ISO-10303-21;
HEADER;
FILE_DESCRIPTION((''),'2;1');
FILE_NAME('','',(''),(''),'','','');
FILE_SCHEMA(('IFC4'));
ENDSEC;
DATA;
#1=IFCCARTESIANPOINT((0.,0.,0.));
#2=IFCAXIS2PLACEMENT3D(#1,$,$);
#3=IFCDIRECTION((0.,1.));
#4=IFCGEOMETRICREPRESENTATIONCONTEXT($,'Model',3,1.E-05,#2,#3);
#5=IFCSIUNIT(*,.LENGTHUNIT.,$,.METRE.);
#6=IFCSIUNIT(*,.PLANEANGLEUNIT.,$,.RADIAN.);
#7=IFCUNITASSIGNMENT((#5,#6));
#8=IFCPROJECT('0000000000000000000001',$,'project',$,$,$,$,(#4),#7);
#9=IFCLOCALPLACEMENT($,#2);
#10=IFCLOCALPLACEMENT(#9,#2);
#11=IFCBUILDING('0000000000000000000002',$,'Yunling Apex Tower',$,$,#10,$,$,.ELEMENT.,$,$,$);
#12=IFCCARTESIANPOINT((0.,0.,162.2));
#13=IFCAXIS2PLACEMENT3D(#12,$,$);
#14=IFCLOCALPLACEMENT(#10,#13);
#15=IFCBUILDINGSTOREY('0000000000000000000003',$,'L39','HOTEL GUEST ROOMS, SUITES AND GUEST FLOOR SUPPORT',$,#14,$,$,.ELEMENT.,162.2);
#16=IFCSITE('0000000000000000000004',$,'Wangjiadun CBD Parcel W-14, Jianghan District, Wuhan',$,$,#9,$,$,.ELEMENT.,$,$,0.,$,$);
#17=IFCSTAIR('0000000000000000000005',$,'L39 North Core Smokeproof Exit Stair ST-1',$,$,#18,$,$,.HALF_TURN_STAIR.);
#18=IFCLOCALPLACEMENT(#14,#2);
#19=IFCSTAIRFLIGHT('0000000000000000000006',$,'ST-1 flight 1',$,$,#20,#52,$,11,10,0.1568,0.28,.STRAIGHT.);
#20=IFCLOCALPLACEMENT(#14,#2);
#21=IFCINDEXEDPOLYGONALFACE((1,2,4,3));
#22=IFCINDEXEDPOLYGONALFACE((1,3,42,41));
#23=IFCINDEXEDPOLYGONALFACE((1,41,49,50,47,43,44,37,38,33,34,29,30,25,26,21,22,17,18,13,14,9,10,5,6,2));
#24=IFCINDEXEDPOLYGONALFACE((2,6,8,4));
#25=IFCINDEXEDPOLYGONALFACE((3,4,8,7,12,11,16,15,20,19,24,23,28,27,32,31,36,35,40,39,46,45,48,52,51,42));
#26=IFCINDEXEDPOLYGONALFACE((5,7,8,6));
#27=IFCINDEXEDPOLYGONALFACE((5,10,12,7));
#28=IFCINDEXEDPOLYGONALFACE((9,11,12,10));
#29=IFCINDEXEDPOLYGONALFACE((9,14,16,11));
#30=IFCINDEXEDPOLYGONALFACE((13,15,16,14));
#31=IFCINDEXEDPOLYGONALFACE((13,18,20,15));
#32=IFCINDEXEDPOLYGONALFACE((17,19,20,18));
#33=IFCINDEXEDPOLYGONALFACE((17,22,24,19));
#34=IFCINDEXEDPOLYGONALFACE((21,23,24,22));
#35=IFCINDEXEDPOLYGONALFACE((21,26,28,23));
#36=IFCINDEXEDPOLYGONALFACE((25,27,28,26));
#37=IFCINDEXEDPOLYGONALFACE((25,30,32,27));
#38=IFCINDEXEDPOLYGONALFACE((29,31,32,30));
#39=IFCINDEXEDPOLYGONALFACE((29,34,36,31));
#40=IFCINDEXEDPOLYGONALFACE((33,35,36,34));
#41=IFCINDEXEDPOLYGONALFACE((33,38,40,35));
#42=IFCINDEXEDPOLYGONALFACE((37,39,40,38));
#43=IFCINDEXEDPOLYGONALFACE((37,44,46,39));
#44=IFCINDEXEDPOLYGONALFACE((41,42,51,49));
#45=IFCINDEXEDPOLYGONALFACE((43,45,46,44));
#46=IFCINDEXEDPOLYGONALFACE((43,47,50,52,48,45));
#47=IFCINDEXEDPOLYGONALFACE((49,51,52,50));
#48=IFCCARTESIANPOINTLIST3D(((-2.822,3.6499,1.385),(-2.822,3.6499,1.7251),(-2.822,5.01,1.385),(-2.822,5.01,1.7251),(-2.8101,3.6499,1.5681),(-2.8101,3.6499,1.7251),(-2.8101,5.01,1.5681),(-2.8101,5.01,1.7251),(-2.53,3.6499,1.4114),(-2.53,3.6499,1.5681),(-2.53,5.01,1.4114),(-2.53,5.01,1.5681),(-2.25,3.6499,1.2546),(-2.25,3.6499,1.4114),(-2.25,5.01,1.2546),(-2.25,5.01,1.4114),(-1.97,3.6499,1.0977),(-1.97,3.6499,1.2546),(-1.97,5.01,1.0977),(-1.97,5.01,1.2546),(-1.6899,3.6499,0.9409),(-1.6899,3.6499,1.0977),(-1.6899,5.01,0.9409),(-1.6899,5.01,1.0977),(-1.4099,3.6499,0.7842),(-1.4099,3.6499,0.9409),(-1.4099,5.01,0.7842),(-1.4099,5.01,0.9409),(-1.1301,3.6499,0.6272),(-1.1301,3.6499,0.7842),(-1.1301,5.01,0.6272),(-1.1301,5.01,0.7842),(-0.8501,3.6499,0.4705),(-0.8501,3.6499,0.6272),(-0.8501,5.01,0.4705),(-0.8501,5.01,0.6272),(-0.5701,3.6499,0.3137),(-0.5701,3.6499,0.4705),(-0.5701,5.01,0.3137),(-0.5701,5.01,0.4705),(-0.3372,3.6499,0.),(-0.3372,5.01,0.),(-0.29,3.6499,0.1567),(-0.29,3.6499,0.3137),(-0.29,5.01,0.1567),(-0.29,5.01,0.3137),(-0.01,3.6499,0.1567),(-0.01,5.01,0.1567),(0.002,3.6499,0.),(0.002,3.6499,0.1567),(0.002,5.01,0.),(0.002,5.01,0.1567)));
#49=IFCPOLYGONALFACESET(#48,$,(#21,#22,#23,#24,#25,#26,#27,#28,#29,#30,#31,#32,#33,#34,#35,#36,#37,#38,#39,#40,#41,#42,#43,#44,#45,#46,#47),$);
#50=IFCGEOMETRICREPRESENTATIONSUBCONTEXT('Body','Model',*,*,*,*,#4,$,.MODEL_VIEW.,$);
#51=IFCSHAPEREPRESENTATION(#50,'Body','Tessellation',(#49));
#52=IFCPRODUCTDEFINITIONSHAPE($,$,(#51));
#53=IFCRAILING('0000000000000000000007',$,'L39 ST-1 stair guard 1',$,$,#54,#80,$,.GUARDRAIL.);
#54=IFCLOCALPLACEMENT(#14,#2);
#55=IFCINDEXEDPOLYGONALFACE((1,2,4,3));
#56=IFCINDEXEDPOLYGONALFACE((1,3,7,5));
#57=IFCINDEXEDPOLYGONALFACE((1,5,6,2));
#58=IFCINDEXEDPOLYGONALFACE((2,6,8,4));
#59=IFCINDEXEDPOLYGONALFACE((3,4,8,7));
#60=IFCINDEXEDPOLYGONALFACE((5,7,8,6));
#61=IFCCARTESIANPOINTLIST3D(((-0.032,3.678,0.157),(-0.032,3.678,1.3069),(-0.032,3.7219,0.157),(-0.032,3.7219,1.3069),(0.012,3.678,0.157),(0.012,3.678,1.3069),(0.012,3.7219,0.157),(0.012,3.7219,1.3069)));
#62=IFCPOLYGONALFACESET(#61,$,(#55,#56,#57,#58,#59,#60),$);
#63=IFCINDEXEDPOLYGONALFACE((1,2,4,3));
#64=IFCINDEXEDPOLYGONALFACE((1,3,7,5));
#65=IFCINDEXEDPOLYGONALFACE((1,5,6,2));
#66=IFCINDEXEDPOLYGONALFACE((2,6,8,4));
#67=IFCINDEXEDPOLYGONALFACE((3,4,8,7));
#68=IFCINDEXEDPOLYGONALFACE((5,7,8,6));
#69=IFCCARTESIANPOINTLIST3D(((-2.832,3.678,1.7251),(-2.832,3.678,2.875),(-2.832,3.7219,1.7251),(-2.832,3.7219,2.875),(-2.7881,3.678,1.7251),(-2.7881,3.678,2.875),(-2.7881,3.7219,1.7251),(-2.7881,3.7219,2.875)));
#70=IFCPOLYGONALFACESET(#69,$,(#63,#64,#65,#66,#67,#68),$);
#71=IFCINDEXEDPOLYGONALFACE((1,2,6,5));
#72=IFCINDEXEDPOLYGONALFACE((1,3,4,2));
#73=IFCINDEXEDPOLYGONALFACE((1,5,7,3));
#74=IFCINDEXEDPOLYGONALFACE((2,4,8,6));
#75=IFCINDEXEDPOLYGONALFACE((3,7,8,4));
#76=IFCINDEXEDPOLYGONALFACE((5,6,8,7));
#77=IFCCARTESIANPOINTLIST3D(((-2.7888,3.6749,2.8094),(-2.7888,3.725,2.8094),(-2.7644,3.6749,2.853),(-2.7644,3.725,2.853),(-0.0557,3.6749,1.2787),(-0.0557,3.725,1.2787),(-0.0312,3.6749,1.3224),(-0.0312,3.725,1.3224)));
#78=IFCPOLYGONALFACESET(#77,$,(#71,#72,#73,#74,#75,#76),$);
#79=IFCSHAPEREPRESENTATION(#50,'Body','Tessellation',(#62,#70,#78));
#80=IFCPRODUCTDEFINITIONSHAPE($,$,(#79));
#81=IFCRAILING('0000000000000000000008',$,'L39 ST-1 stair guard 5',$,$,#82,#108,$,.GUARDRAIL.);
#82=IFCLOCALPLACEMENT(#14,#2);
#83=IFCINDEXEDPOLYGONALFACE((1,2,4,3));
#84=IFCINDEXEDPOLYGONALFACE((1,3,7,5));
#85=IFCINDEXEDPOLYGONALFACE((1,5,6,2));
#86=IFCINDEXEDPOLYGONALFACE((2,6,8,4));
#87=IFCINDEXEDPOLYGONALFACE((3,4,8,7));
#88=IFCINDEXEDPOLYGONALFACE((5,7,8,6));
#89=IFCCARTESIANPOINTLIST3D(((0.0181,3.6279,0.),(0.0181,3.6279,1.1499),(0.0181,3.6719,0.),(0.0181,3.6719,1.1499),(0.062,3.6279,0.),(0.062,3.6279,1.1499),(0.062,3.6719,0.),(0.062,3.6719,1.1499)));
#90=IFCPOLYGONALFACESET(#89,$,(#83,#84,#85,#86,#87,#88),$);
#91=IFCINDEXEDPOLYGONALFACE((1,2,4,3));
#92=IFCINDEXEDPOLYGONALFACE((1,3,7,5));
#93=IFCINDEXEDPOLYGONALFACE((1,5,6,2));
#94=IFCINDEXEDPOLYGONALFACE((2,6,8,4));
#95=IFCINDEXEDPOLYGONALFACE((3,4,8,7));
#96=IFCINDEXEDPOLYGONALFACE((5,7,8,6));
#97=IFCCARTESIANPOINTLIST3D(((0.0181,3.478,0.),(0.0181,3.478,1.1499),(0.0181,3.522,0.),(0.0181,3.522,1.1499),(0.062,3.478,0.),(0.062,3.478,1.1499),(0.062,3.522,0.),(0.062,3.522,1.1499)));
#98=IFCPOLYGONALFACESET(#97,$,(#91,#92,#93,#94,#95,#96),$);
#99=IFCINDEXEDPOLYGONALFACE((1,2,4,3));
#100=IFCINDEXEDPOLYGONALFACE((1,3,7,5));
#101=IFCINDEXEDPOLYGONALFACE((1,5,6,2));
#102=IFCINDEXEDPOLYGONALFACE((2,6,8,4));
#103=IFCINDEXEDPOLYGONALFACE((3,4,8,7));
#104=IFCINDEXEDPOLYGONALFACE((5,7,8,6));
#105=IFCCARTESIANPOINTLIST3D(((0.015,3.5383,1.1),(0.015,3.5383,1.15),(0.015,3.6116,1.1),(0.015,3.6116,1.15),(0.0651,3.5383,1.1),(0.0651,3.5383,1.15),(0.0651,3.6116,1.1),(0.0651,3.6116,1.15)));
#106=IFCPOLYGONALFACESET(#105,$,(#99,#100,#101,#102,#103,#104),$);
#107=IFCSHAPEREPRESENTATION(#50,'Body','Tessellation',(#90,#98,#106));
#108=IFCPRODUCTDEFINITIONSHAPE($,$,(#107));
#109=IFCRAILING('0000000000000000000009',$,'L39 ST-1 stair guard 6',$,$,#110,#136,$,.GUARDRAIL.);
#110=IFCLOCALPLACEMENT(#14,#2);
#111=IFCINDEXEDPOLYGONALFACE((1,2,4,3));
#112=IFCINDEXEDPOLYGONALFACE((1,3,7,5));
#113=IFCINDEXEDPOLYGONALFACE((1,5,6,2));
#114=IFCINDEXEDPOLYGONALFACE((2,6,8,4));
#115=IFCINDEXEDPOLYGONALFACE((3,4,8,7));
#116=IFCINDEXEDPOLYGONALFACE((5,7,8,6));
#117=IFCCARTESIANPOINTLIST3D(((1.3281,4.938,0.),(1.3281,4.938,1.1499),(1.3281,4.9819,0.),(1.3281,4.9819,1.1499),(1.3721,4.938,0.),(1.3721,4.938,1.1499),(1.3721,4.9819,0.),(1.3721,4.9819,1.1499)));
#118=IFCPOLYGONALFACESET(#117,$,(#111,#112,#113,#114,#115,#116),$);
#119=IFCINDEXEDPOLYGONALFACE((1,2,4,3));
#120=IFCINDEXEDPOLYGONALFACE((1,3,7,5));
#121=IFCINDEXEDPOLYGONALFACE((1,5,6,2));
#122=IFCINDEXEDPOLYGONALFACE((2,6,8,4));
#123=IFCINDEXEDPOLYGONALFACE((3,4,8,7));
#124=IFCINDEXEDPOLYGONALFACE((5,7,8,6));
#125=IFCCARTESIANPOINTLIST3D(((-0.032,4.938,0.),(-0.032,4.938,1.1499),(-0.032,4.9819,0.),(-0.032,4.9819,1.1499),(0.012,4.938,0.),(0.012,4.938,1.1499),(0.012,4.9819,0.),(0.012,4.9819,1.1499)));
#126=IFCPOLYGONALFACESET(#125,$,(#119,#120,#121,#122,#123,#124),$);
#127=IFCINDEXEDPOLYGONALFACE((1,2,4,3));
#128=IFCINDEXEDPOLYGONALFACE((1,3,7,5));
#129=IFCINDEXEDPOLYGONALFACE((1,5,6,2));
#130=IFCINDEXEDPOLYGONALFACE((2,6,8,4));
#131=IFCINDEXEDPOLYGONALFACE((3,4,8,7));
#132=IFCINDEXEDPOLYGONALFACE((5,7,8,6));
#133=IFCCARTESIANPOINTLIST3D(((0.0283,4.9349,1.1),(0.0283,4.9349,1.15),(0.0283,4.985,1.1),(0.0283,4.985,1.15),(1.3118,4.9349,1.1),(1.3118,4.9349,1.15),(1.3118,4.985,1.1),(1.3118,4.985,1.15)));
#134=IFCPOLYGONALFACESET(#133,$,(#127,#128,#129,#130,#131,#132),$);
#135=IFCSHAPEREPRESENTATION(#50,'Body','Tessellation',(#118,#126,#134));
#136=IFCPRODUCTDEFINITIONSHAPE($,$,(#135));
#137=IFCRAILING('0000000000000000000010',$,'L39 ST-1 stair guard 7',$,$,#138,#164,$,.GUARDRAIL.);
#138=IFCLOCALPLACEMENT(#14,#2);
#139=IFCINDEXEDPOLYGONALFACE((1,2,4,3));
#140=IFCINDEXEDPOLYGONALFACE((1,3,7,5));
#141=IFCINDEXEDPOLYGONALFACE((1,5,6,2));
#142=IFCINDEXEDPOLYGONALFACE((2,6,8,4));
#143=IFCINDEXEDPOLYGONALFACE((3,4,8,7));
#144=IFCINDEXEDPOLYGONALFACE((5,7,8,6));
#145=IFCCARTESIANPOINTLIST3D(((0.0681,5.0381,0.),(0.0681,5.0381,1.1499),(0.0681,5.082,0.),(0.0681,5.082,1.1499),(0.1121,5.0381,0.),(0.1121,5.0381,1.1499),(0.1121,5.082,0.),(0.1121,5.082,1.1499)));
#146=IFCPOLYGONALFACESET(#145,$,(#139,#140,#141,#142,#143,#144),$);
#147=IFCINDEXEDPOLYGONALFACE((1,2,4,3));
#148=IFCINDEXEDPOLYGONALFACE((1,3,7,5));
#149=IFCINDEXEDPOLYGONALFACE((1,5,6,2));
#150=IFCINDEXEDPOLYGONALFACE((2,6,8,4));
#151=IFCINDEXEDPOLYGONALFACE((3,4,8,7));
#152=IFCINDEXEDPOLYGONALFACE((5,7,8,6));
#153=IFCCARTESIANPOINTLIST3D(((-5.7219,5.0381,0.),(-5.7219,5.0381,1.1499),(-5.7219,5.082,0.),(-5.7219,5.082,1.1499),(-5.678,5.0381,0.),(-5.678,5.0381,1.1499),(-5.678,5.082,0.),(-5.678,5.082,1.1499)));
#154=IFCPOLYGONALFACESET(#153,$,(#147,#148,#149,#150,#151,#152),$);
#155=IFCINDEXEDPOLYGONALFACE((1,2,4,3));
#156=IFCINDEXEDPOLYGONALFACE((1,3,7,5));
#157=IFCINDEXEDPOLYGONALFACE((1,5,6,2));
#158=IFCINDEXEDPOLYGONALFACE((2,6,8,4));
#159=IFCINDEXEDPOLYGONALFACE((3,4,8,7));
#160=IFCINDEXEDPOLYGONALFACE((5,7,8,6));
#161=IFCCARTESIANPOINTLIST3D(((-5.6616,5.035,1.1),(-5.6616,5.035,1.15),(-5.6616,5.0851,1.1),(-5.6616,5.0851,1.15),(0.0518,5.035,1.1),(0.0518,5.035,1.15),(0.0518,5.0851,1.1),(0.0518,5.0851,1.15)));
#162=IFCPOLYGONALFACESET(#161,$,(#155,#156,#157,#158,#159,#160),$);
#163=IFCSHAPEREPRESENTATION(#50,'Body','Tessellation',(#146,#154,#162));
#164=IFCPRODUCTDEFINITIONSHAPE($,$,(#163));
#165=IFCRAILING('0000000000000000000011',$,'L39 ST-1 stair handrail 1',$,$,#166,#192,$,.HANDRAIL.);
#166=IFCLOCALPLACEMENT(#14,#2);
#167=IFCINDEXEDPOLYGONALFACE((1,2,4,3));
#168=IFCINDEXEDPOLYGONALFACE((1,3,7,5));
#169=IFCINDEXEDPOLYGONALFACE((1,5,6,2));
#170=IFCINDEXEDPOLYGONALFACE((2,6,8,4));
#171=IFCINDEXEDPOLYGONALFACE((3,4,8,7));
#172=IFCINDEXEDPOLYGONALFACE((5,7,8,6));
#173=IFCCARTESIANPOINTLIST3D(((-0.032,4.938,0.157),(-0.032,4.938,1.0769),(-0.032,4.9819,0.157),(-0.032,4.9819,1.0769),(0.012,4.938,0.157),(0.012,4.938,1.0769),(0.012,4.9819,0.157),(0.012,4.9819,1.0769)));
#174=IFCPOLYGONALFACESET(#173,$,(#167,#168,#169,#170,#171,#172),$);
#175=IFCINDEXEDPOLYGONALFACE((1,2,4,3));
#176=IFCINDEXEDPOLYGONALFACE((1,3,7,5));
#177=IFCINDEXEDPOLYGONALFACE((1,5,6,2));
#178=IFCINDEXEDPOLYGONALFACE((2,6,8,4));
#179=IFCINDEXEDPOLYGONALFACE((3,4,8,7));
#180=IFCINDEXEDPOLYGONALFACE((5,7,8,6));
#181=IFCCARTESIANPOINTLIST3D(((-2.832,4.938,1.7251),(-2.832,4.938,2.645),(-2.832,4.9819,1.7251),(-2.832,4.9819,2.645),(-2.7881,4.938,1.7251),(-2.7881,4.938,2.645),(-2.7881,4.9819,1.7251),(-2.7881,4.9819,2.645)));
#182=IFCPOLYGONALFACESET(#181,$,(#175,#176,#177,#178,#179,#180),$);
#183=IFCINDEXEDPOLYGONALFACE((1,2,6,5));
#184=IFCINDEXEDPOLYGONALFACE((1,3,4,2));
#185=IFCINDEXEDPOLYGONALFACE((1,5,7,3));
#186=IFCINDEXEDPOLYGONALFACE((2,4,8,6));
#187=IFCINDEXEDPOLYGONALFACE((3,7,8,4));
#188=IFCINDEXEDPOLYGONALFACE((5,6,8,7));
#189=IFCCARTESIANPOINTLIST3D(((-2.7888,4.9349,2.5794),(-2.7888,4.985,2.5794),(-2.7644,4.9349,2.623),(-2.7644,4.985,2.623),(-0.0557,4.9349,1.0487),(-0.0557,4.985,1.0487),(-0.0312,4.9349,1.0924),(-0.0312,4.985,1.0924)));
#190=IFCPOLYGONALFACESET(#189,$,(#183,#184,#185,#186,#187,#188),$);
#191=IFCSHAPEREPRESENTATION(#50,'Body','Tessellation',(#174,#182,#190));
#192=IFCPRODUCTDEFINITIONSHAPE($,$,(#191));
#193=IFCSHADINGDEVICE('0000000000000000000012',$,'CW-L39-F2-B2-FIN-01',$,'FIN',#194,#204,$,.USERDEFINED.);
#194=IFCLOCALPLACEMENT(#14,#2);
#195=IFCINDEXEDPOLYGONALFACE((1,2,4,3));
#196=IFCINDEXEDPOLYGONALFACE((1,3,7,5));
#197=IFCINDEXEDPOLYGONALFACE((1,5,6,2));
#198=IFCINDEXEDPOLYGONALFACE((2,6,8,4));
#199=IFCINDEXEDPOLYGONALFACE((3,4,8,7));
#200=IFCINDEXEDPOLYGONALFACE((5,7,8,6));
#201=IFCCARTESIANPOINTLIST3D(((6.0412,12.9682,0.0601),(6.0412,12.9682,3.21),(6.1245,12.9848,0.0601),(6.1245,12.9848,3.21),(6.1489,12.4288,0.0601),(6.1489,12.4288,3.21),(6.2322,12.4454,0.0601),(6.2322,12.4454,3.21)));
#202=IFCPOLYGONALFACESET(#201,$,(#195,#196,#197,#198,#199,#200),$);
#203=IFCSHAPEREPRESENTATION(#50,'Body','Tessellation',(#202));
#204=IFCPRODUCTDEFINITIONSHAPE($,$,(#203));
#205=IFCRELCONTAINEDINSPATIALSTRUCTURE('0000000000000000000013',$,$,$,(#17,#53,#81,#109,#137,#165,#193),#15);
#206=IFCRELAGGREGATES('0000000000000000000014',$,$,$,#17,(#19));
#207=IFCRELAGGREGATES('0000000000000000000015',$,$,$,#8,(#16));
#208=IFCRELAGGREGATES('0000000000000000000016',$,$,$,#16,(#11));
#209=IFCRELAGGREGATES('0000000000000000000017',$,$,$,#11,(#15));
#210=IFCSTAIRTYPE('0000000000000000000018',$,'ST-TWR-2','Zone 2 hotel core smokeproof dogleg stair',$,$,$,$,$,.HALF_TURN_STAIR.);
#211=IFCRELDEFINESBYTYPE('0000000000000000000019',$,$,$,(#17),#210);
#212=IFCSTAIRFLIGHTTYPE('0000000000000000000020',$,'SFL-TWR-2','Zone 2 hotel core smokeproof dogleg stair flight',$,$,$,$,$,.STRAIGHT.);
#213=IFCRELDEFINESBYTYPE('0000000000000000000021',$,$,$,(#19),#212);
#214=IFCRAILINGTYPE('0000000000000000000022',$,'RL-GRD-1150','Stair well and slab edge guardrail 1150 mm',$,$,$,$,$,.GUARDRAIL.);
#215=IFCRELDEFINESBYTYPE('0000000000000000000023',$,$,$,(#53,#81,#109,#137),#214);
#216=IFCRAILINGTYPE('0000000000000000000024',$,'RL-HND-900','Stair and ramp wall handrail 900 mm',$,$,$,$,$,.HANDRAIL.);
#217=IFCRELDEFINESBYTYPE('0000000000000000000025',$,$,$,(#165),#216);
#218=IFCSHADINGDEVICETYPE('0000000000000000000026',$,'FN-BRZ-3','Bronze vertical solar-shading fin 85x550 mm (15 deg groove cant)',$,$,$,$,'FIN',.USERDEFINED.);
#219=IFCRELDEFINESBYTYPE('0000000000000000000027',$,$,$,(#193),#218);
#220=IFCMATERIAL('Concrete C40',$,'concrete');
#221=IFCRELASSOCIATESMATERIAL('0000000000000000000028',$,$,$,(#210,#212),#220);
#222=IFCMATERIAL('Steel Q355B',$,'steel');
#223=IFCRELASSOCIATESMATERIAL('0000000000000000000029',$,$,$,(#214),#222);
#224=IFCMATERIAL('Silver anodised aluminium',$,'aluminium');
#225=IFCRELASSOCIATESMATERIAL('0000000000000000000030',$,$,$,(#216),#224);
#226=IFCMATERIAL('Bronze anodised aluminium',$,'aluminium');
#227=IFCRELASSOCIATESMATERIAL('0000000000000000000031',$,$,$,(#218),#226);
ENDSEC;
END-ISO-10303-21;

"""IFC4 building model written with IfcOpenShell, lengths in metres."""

from ifc_helpers import new_model, si_unit, direction, frame, origin, origin_2d, place, context, subcontext, project, spatial, polyline, rectangle, outline, extrude, source, transform, mapped, material, material_profile, profile_set, type_object, element, aggregate, save


model = new_model("IFC4")

# Units and contexts
model_context = context("Model", 3, precision=1e-05, world=origin(), true_north=direction((0.0, 1.0)))
body_context = subcontext(model_context, "Body", "Model", "MODEL_VIEW")
ifc_project = project(units=[si_unit("LENGTHUNIT", "METRE"), si_unit("PLANEANGLEUNIT", "RADIAN")], contexts=[model_context])

# Site, building, storey
site_placement = place(None, origin())
site = spatial("IfcSite", under=ifc_project, at=site_placement, Name="Wangjiadun CBD Parcel W-14, Jianghan District, Wuhan", CompositionType="ELEMENT", RefElevation=0.0)
building_placement = place(site_placement, origin())
building = spatial("IfcBuilding", under=site, at=building_placement, Name="Yunling Apex Tower", CompositionType="ELEMENT")
storey_placement = place(building_placement, frame((0.0, 0.0, 162.2)))
storey = spatial("IfcBuildingStorey", under=building, at=storey_placement, Name="L39", Description="HOTEL GUEST ROOMS, SUITES AND GUEST FLOOR SUPPORT", CompositionType="ELEMENT", Elevation=162.2)

# Shared definitions
ifc_material_1 = material(Name="Steel Q355B", Category="steel")

# Shared definitions
ifc_material_2 = material(Name="Bronze anodised aluminium", Category="aluminium")

# Shared definitions
ifc_material_3 = material(Name="Concrete C40", Category="concrete")

# Stair
stair_type = type_object("IfcStairType", Name="ST-TWR-2", Description="Zone 2 hotel core smokeproof dogleg stair", PredefinedType="HALF_TURN_STAIR", material=ifc_material_3)
stair_1_placement = place(storey_placement, origin())
stair_1 = element("IfcStair", 1, at=stair_1_placement, inside=storey, type_object=stair_type, Name="L39 North Core Smokeproof Exit Stair ST-1", PredefinedType="HALF_TURN_STAIR")

# Stair flight
stair_flight_type = type_object("IfcStairFlightType", Name="SFL-TWR-2", Description="Zone 2 hotel core smokeproof dogleg stair flight", PredefinedType="STRAIGHT", material=ifc_material_3)
stair_flight_placement = place(storey_placement, frame((-0.01, 4.3301, 0.0), z_axis=(0.0, 0.0, 1.0), x_axis=(-1.0, 0.0, 0.0)))
stair_flight = element("IfcStairFlight", 2, at=stair_flight_placement, type_object=stair_flight_type, Name="ST-1 flight 1", NumberOfRisers=11, NumberOfTreads=10, PredefinedType="STRAIGHT", RiserHeight=0.1568, TreadLength=0.28, context=body_context, shape_type="SweptSolid", body=[
    extrude(outline(polyline([(-0.012, 0.0), (-0.012, 0.1567), (0.0, 0.1567), (0.28, 0.1567), (0.28, 0.3137), (0.5601, 0.3137), (0.5601, 0.4705), (0.8401, 0.4705), (0.8401, 0.6272), (1.1201, 0.6272), (1.1201, 0.7842), (1.3999, 0.7842), (1.3999, 0.9409), (1.6799, 0.9409), (1.6799, 1.0977), (1.96, 1.0977), (1.96, 1.2546), (2.24, 1.2546), (2.24, 1.4114), (2.52, 1.4114), (2.52, 1.5681), (2.8, 1.5681), (2.8, 1.7251), (2.812, 1.7251), (2.812, 1.385), (0.3271, 0.0), (-0.012, 0.0)])), frame((0.0, 0.6802, 0.0), z_axis=(0.0, -1.0, 0.0), x_axis=(1.0, 0.0, 0.0)), (0.0, 0.0, 1.0), 1.3601),
])
aggregate(stair_1, [stair_flight])

# Railings
railing_type_1 = type_object("IfcRailingType", Name="RL-GRD-1150", Description="Stair well and slab edge guardrail 1150 mm", PredefinedType="GUARDRAIL", material=ifc_material_1)
railing_1_placement = place(storey_placement, frame((-0.01, 3.7, 0.157)))
element("IfcRailing", 3, at=railing_1_placement, inside=storey, type_object=railing_type_1, Name="L39 ST-1 stair guard 1", PredefinedType="GUARDRAIL", context=body_context, shape_type="SweptSolid", body=[
    extrude(rectangle(XDim=0.0439, YDim=0.0439, at=origin_2d()), origin(), (0.0, 0.0, 1.0), 1.1499),
    extrude(rectangle(XDim=0.0439, YDim=0.0439, at=origin_2d()), frame((-2.8, 0.0, 1.5681)), (0.0, 0.0, 1.0), 1.1499),
    extrude(rectangle(XDim=0.05, YDim=0.05, at=origin_2d()), frame((-0.0334, 0.0, 1.1436), z_axis=(-0.872494, 0.0, 0.488624), x_axis=(0.0, -1.0, 0.0)), (0.0, 0.0, 1.0), 3.1326),
])
railing_2_placement = place(storey_placement, frame((0.04, 3.6499, 0.0)))
element("IfcRailing", 4, at=railing_2_placement, inside=storey, type_object=railing_type_1, Name="L39 ST-1 stair guard 5", PredefinedType="GUARDRAIL", context=body_context, shape_type="SweptSolid", body=[
    extrude(rectangle(XDim=0.0439, YDim=0.0439, at=origin_2d()), origin(), (0.0, 0.0, 1.0), 1.1499),
    extrude(rectangle(XDim=0.0439, YDim=0.0439, at=origin_2d()), frame((0.0, -0.1499, 0.0)), (0.0, 0.0, 1.0), 1.1499),
    extrude(rectangle(XDim=0.05, YDim=0.05, at=origin_2d()), frame((0.0, -0.0383, 1.125), z_axis=(0.0, -1.0, 0.0), x_axis=(1.0, 0.0, 0.0)), (0.0, 0.0, 1.0), 0.0732),
])
railing_3_placement = place(storey_placement, frame((1.3501, 4.96, 0.0)))
element("IfcRailing", 5, at=railing_3_placement, inside=storey, type_object=railing_type_1, Name="L39 ST-1 stair guard 6", PredefinedType="GUARDRAIL", context=body_context, shape_type="SweptSolid", body=[
    extrude(rectangle(XDim=0.0439, YDim=0.0439, at=origin_2d()), origin(), (0.0, 0.0, 1.0), 1.1499),
    extrude(rectangle(XDim=0.0439, YDim=0.0439, at=origin_2d()), frame((-1.3601, 0.0, 0.0)), (0.0, 0.0, 1.0), 1.1499),
    extrude(rectangle(XDim=0.05, YDim=0.05, at=origin_2d()), frame((-0.0383, 0.0, 1.125), z_axis=(-1.0, 0.0, 0.0), x_axis=(0.0, -1.0, 0.0)), (0.0, 0.0, 1.0), 1.2834),
])
railing_4_placement = place(storey_placement, frame((0.0901, 5.0601, 0.0)))
element("IfcRailing", 6, at=railing_4_placement, inside=storey, type_object=railing_type_1, Name="L39 ST-1 stair guard 7", PredefinedType="GUARDRAIL", context=body_context, shape_type="SweptSolid", body=[
    extrude(rectangle(XDim=0.0439, YDim=0.0439, at=origin_2d()), origin(), (0.0, 0.0, 1.0), 1.1499),
    extrude(rectangle(XDim=0.0439, YDim=0.0439, at=origin_2d()), frame((-5.79, 0.0, 0.0)), (0.0, 0.0, 1.0), 1.1499),
    extrude(rectangle(XDim=0.05, YDim=0.05, at=origin_2d()), frame((-0.0383, 0.0, 1.125), z_axis=(-1.0, 0.0, 0.0), x_axis=(0.0, -1.0, 0.0)), (0.0, 0.0, 1.0), 5.7134),
])
ifc_material_4 = material(Name="Silver anodised aluminium", Category="aluminium")
railing_type_2 = type_object("IfcRailingType", Name="RL-HND-900", Description="Stair and ramp wall handrail 900 mm", PredefinedType="HANDRAIL", material=ifc_material_4)
railing_5_placement = place(storey_placement, frame((-0.01, 4.96, 0.157)))
element("IfcRailing", 7, at=railing_5_placement, inside=storey, type_object=railing_type_2, Name="L39 ST-1 stair handrail 1", PredefinedType="HANDRAIL", context=body_context, shape_type="SweptSolid", body=[
    extrude(rectangle(XDim=0.0439, YDim=0.0439, at=origin_2d()), origin(), (0.0, 0.0, 1.0), 0.9199),
    extrude(rectangle(XDim=0.0439, YDim=0.0439, at=origin_2d()), frame((-2.8, 0.0, 1.5681)), (0.0, 0.0, 1.0), 0.9199),
    extrude(rectangle(XDim=0.05, YDim=0.05, at=origin_2d()), frame((-0.0334, 0.0, 0.9136), z_axis=(-0.872494, 0.0, 0.488624), x_axis=(0.0, -1.0, 0.0)), (0.0, 0.0, 1.0), 3.1326),
])

# Shading device
ifc_material_profile_1 = material_profile(ifc_material_2, rectangle(XDim=0.085, YDim=0.55, at=origin_2d()))
ifc_profile_set_1 = profile_set([ifc_material_profile_1], Name="Bronze anodised aluminium")
shading_device_type = type_object("IfcShadingDeviceType", Name="FN-BRZ-3", Description="Bronze vertical solar-shading fin 85x550 mm (15 deg groove cant)", ElementType="FIN", PredefinedType="USERDEFINED", material=ifc_profile_set_1)
shared_shape_1 = source(origin(), body_context, "Body", "SweptSolid", [
    extrude(rectangle(XDim=0.085, YDim=0.55, at=origin_2d()), origin(), (0.0, 0.0, 1.0), 3.1499),
])
shading_device_placement = place(storey_placement, frame((6.1367, 12.7068, 0.0601), z_axis=(0.0, 0.0, 1.0), x_axis=(-0.980649, -0.195775, 0.0)))
element("IfcShadingDevice", 8, at=shading_device_placement, inside=storey, type_object=shading_device_type, Name="CW-L39-F2-B2-FIN-01", ObjectType="FIN", PredefinedType="USERDEFINED", context=body_context, shape_type="MappedRepresentation", body=[
    mapped(shared_shape_1, transform((0.0, 0.0, 0.0), scale=1.0)),
])

save(model, "model.ifc")
